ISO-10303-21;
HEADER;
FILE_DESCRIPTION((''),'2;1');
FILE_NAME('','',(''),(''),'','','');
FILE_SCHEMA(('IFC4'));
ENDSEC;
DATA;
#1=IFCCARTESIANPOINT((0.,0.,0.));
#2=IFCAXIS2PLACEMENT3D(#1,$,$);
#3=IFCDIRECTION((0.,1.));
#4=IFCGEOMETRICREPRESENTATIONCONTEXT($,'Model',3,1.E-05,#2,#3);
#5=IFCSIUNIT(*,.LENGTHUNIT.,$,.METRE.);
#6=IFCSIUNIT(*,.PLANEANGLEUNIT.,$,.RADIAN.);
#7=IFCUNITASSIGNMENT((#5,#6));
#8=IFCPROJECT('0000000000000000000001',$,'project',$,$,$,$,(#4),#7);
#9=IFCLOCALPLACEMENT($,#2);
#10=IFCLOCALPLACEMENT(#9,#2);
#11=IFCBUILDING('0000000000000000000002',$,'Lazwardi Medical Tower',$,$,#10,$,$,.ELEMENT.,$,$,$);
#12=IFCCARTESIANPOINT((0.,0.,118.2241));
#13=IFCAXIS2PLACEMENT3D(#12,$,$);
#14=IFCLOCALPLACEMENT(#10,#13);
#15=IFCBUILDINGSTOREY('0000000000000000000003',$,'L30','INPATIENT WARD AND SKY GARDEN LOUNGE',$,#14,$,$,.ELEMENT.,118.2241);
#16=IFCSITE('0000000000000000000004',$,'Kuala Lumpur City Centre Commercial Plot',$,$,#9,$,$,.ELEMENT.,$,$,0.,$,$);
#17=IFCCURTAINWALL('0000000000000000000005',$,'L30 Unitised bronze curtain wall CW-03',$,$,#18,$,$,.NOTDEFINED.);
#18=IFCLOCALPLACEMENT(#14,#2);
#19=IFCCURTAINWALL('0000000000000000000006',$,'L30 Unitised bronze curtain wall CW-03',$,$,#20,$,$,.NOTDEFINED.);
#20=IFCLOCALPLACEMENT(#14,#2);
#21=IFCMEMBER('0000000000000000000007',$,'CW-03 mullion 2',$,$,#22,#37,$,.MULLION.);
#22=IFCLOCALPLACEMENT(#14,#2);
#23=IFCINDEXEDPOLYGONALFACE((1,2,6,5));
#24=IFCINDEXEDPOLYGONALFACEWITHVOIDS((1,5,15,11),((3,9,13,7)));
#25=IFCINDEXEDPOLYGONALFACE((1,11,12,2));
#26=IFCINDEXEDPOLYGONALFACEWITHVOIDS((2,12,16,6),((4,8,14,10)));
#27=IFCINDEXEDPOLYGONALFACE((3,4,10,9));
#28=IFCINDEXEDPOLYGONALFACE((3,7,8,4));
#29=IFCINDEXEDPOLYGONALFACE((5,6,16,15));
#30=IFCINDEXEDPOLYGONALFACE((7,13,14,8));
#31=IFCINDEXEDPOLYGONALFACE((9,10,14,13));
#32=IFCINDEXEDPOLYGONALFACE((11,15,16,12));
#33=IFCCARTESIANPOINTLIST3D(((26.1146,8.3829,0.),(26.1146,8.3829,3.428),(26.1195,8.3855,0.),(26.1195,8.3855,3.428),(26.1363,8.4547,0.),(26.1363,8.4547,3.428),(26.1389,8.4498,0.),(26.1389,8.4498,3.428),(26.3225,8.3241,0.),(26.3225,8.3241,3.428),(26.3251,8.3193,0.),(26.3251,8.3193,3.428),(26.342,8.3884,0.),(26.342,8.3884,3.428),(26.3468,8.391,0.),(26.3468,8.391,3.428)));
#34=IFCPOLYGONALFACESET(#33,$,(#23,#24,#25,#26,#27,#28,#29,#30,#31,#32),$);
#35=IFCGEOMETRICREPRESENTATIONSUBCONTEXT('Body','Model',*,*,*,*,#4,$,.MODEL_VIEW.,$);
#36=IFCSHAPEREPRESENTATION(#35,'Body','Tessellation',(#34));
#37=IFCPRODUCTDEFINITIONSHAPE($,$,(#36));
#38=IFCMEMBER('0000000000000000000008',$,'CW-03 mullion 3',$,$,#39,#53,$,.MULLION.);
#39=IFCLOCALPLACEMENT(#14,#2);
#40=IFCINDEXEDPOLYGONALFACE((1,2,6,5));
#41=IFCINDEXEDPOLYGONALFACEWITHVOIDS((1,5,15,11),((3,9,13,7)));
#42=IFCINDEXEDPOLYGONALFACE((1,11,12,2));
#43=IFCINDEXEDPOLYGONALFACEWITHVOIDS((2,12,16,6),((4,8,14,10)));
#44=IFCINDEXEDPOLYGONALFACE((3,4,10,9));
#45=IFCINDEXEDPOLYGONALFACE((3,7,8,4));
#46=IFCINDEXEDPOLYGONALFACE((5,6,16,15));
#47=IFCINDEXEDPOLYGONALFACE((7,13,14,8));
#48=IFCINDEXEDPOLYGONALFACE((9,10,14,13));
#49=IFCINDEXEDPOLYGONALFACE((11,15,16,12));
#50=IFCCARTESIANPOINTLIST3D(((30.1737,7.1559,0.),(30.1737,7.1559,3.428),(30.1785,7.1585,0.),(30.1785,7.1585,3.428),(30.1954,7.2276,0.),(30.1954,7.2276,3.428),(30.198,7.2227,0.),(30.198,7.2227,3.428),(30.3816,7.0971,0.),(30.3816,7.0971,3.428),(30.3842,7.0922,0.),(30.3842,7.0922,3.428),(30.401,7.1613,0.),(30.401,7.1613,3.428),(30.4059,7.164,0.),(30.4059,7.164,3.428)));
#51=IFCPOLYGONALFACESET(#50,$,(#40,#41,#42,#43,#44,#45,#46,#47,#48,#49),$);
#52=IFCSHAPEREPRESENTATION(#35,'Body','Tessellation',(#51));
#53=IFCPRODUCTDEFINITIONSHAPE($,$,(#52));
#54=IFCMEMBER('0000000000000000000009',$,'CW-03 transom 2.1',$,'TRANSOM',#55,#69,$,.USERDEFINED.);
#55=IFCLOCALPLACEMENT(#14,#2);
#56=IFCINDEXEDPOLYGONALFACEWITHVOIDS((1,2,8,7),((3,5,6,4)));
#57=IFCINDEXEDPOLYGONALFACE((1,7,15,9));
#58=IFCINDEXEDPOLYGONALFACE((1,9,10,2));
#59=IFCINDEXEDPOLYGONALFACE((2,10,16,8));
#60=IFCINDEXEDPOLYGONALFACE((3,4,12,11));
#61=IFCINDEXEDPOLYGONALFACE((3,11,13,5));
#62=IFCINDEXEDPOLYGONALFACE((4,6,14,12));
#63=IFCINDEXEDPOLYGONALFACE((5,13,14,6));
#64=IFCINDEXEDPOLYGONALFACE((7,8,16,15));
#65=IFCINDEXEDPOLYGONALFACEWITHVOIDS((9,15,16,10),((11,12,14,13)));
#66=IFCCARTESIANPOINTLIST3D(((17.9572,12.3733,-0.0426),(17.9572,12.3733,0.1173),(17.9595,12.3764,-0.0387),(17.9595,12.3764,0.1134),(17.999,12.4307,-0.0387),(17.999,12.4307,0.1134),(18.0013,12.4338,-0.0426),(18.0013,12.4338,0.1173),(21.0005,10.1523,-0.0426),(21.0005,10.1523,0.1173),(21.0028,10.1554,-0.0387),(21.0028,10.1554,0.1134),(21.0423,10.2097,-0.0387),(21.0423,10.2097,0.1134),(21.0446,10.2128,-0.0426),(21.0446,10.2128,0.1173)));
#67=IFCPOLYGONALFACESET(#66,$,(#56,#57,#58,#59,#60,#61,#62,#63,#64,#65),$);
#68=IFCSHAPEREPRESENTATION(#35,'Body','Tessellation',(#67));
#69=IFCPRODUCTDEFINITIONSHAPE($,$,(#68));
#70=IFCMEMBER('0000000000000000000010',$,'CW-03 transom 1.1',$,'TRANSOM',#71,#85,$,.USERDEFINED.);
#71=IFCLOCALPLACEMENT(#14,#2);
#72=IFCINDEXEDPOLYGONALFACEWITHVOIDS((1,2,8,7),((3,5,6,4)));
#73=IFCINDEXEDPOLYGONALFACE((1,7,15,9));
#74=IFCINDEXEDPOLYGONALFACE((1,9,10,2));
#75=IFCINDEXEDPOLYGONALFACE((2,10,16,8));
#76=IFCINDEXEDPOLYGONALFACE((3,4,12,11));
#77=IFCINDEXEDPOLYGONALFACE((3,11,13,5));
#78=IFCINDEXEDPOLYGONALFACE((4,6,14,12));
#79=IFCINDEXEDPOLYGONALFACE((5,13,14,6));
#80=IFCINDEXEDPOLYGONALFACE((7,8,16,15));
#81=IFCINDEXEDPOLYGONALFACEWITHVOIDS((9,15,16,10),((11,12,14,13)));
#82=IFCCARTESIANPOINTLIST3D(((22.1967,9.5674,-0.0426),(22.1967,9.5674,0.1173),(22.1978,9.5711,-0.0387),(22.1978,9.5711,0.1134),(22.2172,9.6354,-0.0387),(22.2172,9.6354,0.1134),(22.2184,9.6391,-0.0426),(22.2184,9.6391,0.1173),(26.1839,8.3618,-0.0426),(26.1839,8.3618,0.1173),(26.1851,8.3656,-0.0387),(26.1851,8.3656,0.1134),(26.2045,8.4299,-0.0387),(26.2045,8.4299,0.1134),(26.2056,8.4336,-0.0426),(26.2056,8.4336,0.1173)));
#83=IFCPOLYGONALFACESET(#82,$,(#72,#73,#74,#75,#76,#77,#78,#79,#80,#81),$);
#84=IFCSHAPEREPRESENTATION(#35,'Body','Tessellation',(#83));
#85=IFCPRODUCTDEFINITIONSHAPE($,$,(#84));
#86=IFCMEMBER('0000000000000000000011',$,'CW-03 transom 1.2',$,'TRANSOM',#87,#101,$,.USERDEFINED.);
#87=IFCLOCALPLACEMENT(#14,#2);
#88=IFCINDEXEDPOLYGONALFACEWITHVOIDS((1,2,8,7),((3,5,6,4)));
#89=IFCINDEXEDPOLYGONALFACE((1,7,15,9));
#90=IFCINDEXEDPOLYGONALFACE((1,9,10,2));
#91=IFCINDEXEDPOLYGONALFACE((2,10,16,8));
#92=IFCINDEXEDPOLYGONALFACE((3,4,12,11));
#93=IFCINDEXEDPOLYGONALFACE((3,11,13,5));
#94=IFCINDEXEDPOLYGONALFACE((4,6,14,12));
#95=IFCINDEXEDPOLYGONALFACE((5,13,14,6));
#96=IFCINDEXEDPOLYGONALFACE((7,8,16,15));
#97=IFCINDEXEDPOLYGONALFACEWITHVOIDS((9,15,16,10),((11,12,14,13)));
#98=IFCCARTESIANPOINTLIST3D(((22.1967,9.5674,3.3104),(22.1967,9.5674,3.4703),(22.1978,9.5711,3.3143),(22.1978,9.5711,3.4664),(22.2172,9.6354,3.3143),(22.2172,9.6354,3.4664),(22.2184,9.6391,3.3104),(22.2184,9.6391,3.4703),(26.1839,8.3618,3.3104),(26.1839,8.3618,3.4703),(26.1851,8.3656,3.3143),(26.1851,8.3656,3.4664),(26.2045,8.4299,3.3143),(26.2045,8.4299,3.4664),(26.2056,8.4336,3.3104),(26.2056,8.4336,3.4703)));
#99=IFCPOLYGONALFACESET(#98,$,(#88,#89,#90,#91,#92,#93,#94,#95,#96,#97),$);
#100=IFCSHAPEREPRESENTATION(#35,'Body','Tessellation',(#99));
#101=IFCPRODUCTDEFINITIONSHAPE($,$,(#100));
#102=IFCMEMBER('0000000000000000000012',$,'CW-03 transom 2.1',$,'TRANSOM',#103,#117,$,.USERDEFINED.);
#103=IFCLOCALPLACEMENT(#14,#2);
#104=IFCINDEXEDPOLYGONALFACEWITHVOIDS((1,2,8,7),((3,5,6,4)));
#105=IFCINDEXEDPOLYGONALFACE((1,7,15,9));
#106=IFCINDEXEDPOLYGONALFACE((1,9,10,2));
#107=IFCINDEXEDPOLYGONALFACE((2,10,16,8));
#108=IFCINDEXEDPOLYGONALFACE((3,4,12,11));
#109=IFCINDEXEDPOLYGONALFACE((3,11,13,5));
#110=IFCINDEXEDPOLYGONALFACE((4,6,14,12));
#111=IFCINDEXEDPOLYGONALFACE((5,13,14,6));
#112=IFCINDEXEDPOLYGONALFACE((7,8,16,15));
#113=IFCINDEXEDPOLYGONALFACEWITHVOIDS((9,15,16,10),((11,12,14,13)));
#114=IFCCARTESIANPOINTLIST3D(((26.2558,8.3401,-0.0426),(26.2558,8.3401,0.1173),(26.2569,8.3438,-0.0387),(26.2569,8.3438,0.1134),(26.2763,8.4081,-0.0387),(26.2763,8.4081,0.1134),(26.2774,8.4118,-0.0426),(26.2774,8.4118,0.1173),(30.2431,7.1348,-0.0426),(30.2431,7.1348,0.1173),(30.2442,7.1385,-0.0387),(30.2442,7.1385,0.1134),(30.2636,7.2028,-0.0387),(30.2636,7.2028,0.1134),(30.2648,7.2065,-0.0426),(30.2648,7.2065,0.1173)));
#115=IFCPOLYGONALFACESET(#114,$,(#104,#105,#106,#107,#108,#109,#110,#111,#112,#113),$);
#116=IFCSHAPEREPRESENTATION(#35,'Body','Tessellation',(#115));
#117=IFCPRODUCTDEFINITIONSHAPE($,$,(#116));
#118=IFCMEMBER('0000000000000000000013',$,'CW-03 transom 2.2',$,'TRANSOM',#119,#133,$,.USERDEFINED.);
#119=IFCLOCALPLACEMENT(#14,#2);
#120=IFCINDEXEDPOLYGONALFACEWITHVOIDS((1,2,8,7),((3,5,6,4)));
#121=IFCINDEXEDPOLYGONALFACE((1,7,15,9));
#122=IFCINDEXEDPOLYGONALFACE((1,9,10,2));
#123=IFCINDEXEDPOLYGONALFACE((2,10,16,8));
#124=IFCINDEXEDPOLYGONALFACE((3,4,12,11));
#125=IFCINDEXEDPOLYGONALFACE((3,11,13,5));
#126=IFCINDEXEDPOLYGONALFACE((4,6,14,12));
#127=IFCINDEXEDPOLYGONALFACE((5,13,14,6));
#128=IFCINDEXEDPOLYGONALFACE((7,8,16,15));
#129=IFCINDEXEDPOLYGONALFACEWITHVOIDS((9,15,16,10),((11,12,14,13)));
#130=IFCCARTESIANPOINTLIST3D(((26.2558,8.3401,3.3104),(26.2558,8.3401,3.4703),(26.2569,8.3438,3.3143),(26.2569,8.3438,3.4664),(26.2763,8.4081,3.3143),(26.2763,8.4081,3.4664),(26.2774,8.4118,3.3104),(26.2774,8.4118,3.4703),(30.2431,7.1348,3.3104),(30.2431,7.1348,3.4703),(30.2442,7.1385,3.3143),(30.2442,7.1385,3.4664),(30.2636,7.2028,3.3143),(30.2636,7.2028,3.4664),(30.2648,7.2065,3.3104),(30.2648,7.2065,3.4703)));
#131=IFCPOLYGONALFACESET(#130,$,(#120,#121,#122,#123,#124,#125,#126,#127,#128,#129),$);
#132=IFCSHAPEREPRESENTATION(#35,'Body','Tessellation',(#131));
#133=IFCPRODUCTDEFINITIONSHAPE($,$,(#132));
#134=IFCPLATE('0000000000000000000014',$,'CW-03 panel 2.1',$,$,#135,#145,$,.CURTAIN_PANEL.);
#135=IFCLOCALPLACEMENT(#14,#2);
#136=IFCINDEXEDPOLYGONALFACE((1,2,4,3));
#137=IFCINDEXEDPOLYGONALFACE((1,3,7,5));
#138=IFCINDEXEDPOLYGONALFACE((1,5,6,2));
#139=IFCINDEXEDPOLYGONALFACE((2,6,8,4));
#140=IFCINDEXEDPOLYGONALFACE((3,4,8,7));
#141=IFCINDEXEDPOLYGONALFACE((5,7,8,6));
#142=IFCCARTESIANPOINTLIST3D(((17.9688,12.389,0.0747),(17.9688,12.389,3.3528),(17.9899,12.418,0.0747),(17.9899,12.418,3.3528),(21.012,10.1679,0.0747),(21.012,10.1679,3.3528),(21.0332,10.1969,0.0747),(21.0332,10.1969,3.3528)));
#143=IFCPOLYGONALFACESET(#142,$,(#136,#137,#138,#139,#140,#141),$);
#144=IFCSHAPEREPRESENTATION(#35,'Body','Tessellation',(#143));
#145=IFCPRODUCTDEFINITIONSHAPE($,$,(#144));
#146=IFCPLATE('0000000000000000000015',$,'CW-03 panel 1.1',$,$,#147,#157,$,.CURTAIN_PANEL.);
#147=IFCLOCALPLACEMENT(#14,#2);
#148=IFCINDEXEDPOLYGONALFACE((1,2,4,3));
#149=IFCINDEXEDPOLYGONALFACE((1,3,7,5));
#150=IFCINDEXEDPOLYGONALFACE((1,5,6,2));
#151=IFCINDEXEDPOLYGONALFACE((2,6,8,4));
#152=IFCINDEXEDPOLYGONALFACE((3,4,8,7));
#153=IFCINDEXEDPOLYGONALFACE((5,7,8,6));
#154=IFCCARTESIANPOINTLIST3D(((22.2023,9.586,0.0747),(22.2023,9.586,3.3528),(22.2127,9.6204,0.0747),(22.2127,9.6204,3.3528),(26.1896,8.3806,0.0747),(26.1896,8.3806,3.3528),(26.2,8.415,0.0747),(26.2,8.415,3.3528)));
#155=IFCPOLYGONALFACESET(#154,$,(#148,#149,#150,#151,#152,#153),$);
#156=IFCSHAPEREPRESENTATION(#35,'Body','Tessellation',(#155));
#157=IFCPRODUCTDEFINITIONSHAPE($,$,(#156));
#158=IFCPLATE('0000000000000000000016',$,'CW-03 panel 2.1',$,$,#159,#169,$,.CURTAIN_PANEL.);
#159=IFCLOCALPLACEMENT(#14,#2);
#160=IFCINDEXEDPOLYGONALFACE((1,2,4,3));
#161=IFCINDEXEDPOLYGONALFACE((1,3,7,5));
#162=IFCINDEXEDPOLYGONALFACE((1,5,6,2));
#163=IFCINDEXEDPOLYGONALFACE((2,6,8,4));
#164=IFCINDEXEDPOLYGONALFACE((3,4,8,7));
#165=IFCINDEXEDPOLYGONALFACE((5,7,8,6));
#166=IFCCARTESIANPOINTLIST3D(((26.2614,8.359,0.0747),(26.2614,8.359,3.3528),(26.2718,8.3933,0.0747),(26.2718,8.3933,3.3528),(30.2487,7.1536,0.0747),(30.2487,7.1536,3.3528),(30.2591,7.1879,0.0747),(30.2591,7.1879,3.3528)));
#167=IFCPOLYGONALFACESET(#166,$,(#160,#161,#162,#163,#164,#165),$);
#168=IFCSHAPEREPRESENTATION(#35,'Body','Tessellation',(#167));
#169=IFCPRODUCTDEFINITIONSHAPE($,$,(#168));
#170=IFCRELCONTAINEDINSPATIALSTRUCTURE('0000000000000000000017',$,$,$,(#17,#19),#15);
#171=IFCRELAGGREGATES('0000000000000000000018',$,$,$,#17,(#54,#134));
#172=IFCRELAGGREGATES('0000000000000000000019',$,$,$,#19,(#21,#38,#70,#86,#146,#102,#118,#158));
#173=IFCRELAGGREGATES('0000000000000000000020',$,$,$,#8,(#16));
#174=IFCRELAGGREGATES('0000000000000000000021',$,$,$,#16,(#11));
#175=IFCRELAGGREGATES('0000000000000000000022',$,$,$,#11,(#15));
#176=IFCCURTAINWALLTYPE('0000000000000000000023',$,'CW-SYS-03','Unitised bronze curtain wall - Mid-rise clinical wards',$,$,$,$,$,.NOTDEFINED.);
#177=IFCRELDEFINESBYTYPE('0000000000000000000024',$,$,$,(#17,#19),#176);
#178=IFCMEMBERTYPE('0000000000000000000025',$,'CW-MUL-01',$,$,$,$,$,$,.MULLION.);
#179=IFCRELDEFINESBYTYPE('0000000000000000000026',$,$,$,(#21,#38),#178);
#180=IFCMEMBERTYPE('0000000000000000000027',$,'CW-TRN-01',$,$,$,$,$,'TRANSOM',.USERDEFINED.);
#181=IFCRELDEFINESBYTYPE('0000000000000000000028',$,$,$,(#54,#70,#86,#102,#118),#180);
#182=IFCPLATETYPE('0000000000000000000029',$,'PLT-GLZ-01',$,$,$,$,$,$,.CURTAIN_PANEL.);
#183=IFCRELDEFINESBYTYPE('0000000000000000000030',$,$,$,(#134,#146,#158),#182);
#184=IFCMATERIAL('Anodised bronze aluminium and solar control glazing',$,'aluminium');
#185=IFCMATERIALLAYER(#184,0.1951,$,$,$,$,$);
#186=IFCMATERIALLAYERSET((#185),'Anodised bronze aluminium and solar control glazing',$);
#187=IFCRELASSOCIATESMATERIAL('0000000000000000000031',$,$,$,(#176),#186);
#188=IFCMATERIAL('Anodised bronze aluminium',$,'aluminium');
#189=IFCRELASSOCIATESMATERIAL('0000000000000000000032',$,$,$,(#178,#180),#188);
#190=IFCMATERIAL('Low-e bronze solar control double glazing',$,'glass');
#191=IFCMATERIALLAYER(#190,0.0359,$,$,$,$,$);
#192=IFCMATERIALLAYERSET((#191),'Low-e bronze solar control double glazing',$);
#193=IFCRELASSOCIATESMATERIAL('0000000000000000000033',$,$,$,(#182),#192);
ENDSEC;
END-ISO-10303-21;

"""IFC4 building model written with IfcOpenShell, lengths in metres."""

from ifc_helpers import new_model, si_unit, direction, frame, origin, origin_2d, place, context, subcontext, project, spatial, rectangle, hollow_rectangle, extrude, material, layer, layer_set, material_profile, profile_set, type_object, element, aggregate, save


model = new_model("IFC4")

# Units and contexts
model_context = context("Model", 3, precision=1e-05, world=origin(), true_north=direction((0.0, 1.0)))
body_context = subcontext(model_context, "Body", "Model", "MODEL_VIEW")
ifc_project = project(units=[si_unit("LENGTHUNIT", "METRE"), si_unit("PLANEANGLEUNIT", "RADIAN")], contexts=[model_context])

# Site, building, storey
site_placement = place(None, origin())
site = spatial("IfcSite", under=ifc_project, at=site_placement, Name="Kuala Lumpur City Centre Commercial Plot", CompositionType="ELEMENT", RefElevation=0.0)
building_placement = place(site_placement, origin())
building = spatial("IfcBuilding", under=site, at=building_placement, Name="Lazwardi Medical Tower", CompositionType="ELEMENT")
storey_placement = place(building_placement, frame((0.0, 0.0, 118.2241)))
storey = spatial("IfcBuildingStorey", under=building, at=storey_placement, Name="L30", Description="INPATIENT WARD AND SKY GARDEN LOUNGE", CompositionType="ELEMENT", Elevation=118.2241)

# Curtain wall
ifc_material_1 = material(Name="Anodised bronze aluminium and solar control glazing", Category="aluminium")
ifc_layer_1 = layer(ifc_material_1, 0.1951)
ifc_layer_set_1 = layer_set([ifc_layer_1], Name="Anodised bronze aluminium and solar control glazing")
curtain_wall_type = type_object("IfcCurtainWallType", Name="CW-SYS-03", Description="Unitised bronze curtain wall - Mid-rise clinical wards", PredefinedType="NOTDEFINED", material=ifc_layer_set_1)
curtain_wall_1_placement = place(storey_placement, origin())
curtain_wall_1 = element("IfcCurtainWall", 1, at=curtain_wall_1_placement, inside=storey, type_object=curtain_wall_type, Name="L30 Unitised bronze curtain wall CW-03", PredefinedType="NOTDEFINED")
ifc_material_2 = material(Name="Anodised bronze aluminium", Category="aluminium")
ifc_material_profile_1 = material_profile(ifc_material_2, hollow_rectangle(XDim=0.075, YDim=0.22, WallThickness=0.0039, at=origin_2d()), Name="ALU-MULLION 220x75x4")
ifc_profile_set_1 = profile_set([ifc_material_profile_1], Name="Anodised bronze aluminium")
member_type_1 = type_object("IfcMemberType", Name="CW-MUL-01", PredefinedType="MULLION", material=ifc_profile_set_1)

# Curtain wall, members
curtain_wall_2_placement = place(storey_placement, origin())
curtain_wall_2 = element("IfcCurtainWall", 2, at=curtain_wall_2_placement, inside=storey, type_object=curtain_wall_type, Name="L30 Unitised bronze curtain wall CW-03", PredefinedType="NOTDEFINED")
member_1_placement = place(storey_placement, frame((26.2307, 8.387, 0.0), z_axis=(0.0, 0.0, 1.0), x_axis=(0.289374, 0.957216, 0.0)))
member_1 = element("IfcMember", 3, at=member_1_placement, type_object=member_type_1, Name="CW-03 mullion 2", PredefinedType="MULLION", context=body_context, shape_type="SweptSolid", body=[
    extrude(hollow_rectangle(XDim=0.075, YDim=0.22, WallThickness=0.0039, at=origin_2d()), origin(), (0.0, 0.0, 1.0), 3.428),
])
member_2_placement = place(storey_placement, frame((30.2898, 7.1599, 0.0), z_axis=(0.0, 0.0, 1.0), x_axis=(0.289374, 0.957216, 0.0)))
member_2 = element("IfcMember", 4, at=member_2_placement, type_object=member_type_1, Name="CW-03 mullion 3", PredefinedType="MULLION", context=body_context, shape_type="SweptSolid", body=[
    extrude(hollow_rectangle(XDim=0.075, YDim=0.22, WallThickness=0.0039, at=origin_2d()), origin(), (0.0, 0.0, 1.0), 3.428),
])

# Members
ifc_material_profile_2 = material_profile(ifc_material_2, hollow_rectangle(XDim=0.075, YDim=0.1599, WallThickness=0.0039, at=origin_2d()), Name="ALU-TRANSOM 160x75x4")
ifc_profile_set_2 = profile_set([ifc_material_profile_2], Name="Anodised bronze aluminium")
member_type_2 = type_object("IfcMemberType", Name="CW-TRN-01", ElementType="TRANSOM", PredefinedType="USERDEFINED", material=ifc_profile_set_2)
member_3_placement = place(storey_placement, frame((17.9792, 12.4036, 0.0374), z_axis=(0.807763, -0.589508, 0.0), x_axis=(0.589508, 0.807763, 0.0)))
member_3 = element("IfcMember", 5, at=member_3_placement, type_object=member_type_2, Name="CW-03 transom 2.1", ObjectType="TRANSOM", PredefinedType="USERDEFINED", context=body_context, shape_type="SweptSolid", body=[
    extrude(hollow_rectangle(XDim=0.075, YDim=0.1599, WallThickness=0.0039, at=origin_2d()), origin(), (0.0, 0.0, 1.0), 3.7676),
])
member_4_placement = place(storey_placement, frame((22.2075, 9.6033, 0.0374), z_axis=(0.957205, -0.289412, 0.0), x_axis=(0.289412, 0.957205, 0.0)))
member_4 = element("IfcMember", 6, at=member_4_placement, type_object=member_type_2, Name="CW-03 transom 1.1", ObjectType="TRANSOM", PredefinedType="USERDEFINED", context=body_context, shape_type="SweptSolid", body=[
    extrude(hollow_rectangle(XDim=0.075, YDim=0.1599, WallThickness=0.0039, at=origin_2d()), origin(), (0.0, 0.0, 1.0), 4.1655),
])
member_5_placement = place(storey_placement, frame((22.2075, 9.6033, 3.3904), z_axis=(0.957205, -0.289412, 0.0), x_axis=(0.289412, 0.957205, 0.0)))
member_5 = element("IfcMember", 7, at=member_5_placement, type_object=member_type_2, Name="CW-03 transom 1.2", ObjectType="TRANSOM", PredefinedType="USERDEFINED", context=body_context, shape_type="SweptSolid", body=[
    extrude(hollow_rectangle(XDim=0.075, YDim=0.1599, WallThickness=0.0039, at=origin_2d()), origin(), (0.0, 0.0, 1.0), 4.1655),
])
member_6_placement = place(storey_placement, frame((26.2666, 8.376, 0.0374), z_axis=(0.957221, -0.289358, 0.0), x_axis=(0.289358, 0.957221, 0.0)))
member_6 = element("IfcMember", 8, at=member_6_placement, type_object=member_type_2, Name="CW-03 transom 2.1", ObjectType="TRANSOM", PredefinedType="USERDEFINED", context=body_context, shape_type="SweptSolid", body=[
    extrude(hollow_rectangle(XDim=0.075, YDim=0.1599, WallThickness=0.0039, at=origin_2d()), origin(), (0.0, 0.0, 1.0), 4.1655),
])
member_7_placement = place(storey_placement, frame((26.2666, 8.376, 3.3904), z_axis=(0.957221, -0.289358, 0.0), x_axis=(0.289358, 0.957221, 0.0)))
member_7 = element("IfcMember", 9, at=member_7_placement, type_object=member_type_2, Name="CW-03 transom 2.2", ObjectType="TRANSOM", PredefinedType="USERDEFINED", context=body_context, shape_type="SweptSolid", body=[
    extrude(hollow_rectangle(XDim=0.075, YDim=0.1599, WallThickness=0.0039, at=origin_2d()), origin(), (0.0, 0.0, 1.0), 4.1655),
])

# Plates
ifc_material_3 = material(Name="Low-e bronze solar control double glazing", Category="glass")
ifc_layer_2 = layer(ifc_material_3, 0.0359)
ifc_layer_set_2 = layer_set([ifc_layer_2], Name="Low-e bronze solar control double glazing")
plate_type = type_object("IfcPlateType", Name="PLT-GLZ-01", PredefinedType="CURTAIN_PANEL", material=ifc_layer_set_2)
plate_1_placement = place(storey_placement, frame((19.501, 11.293, 0.0747), z_axis=(0.0, 0.0, 1.0), x_axis=(0.807746, -0.589531, 0.0)))
plate_1 = element("IfcPlate", 10, at=plate_1_placement, type_object=plate_type, Name="CW-03 panel 2.1", PredefinedType="CURTAIN_PANEL", context=body_context, shape_type="SweptSolid", body=[
    extrude(rectangle(XDim=3.7676, YDim=0.0359, at=origin_2d()), origin(), (0.0, 0.0, 1.0), 3.2781),
])
aggregate(curtain_wall_1, [member_3, plate_1])
plate_2_placement = place(storey_placement, frame((24.2012, 9.0005, 0.0747), z_axis=(0.0, 0.0, 1.0), x_axis=(0.957216, -0.289374, 0.0)))
plate_2 = element("IfcPlate", 11, at=plate_2_placement, type_object=plate_type, Name="CW-03 panel 1.1", PredefinedType="CURTAIN_PANEL", context=body_context, shape_type="SweptSolid", body=[
    extrude(rectangle(XDim=4.1655, YDim=0.0359, at=origin_2d()), origin(), (0.0, 0.0, 1.0), 3.2781),
])
plate_3_placement = place(storey_placement, frame((28.2603, 7.7734, 0.0747), z_axis=(0.0, 0.0, 1.0), x_axis=(0.957216, -0.289374, 0.0)))
plate_3 = element("IfcPlate", 12, at=plate_3_placement, type_object=plate_type, Name="CW-03 panel 2.1", PredefinedType="CURTAIN_PANEL", context=body_context, shape_type="SweptSolid", body=[
    extrude(rectangle(XDim=4.1655, YDim=0.0359, at=origin_2d()), origin(), (0.0, 0.0, 1.0), 3.2781),
])
aggregate(curtain_wall_2, [member_1, member_2, member_4, member_5, plate_2, member_6, member_7, plate_3])

save(model, "model.ifc")
